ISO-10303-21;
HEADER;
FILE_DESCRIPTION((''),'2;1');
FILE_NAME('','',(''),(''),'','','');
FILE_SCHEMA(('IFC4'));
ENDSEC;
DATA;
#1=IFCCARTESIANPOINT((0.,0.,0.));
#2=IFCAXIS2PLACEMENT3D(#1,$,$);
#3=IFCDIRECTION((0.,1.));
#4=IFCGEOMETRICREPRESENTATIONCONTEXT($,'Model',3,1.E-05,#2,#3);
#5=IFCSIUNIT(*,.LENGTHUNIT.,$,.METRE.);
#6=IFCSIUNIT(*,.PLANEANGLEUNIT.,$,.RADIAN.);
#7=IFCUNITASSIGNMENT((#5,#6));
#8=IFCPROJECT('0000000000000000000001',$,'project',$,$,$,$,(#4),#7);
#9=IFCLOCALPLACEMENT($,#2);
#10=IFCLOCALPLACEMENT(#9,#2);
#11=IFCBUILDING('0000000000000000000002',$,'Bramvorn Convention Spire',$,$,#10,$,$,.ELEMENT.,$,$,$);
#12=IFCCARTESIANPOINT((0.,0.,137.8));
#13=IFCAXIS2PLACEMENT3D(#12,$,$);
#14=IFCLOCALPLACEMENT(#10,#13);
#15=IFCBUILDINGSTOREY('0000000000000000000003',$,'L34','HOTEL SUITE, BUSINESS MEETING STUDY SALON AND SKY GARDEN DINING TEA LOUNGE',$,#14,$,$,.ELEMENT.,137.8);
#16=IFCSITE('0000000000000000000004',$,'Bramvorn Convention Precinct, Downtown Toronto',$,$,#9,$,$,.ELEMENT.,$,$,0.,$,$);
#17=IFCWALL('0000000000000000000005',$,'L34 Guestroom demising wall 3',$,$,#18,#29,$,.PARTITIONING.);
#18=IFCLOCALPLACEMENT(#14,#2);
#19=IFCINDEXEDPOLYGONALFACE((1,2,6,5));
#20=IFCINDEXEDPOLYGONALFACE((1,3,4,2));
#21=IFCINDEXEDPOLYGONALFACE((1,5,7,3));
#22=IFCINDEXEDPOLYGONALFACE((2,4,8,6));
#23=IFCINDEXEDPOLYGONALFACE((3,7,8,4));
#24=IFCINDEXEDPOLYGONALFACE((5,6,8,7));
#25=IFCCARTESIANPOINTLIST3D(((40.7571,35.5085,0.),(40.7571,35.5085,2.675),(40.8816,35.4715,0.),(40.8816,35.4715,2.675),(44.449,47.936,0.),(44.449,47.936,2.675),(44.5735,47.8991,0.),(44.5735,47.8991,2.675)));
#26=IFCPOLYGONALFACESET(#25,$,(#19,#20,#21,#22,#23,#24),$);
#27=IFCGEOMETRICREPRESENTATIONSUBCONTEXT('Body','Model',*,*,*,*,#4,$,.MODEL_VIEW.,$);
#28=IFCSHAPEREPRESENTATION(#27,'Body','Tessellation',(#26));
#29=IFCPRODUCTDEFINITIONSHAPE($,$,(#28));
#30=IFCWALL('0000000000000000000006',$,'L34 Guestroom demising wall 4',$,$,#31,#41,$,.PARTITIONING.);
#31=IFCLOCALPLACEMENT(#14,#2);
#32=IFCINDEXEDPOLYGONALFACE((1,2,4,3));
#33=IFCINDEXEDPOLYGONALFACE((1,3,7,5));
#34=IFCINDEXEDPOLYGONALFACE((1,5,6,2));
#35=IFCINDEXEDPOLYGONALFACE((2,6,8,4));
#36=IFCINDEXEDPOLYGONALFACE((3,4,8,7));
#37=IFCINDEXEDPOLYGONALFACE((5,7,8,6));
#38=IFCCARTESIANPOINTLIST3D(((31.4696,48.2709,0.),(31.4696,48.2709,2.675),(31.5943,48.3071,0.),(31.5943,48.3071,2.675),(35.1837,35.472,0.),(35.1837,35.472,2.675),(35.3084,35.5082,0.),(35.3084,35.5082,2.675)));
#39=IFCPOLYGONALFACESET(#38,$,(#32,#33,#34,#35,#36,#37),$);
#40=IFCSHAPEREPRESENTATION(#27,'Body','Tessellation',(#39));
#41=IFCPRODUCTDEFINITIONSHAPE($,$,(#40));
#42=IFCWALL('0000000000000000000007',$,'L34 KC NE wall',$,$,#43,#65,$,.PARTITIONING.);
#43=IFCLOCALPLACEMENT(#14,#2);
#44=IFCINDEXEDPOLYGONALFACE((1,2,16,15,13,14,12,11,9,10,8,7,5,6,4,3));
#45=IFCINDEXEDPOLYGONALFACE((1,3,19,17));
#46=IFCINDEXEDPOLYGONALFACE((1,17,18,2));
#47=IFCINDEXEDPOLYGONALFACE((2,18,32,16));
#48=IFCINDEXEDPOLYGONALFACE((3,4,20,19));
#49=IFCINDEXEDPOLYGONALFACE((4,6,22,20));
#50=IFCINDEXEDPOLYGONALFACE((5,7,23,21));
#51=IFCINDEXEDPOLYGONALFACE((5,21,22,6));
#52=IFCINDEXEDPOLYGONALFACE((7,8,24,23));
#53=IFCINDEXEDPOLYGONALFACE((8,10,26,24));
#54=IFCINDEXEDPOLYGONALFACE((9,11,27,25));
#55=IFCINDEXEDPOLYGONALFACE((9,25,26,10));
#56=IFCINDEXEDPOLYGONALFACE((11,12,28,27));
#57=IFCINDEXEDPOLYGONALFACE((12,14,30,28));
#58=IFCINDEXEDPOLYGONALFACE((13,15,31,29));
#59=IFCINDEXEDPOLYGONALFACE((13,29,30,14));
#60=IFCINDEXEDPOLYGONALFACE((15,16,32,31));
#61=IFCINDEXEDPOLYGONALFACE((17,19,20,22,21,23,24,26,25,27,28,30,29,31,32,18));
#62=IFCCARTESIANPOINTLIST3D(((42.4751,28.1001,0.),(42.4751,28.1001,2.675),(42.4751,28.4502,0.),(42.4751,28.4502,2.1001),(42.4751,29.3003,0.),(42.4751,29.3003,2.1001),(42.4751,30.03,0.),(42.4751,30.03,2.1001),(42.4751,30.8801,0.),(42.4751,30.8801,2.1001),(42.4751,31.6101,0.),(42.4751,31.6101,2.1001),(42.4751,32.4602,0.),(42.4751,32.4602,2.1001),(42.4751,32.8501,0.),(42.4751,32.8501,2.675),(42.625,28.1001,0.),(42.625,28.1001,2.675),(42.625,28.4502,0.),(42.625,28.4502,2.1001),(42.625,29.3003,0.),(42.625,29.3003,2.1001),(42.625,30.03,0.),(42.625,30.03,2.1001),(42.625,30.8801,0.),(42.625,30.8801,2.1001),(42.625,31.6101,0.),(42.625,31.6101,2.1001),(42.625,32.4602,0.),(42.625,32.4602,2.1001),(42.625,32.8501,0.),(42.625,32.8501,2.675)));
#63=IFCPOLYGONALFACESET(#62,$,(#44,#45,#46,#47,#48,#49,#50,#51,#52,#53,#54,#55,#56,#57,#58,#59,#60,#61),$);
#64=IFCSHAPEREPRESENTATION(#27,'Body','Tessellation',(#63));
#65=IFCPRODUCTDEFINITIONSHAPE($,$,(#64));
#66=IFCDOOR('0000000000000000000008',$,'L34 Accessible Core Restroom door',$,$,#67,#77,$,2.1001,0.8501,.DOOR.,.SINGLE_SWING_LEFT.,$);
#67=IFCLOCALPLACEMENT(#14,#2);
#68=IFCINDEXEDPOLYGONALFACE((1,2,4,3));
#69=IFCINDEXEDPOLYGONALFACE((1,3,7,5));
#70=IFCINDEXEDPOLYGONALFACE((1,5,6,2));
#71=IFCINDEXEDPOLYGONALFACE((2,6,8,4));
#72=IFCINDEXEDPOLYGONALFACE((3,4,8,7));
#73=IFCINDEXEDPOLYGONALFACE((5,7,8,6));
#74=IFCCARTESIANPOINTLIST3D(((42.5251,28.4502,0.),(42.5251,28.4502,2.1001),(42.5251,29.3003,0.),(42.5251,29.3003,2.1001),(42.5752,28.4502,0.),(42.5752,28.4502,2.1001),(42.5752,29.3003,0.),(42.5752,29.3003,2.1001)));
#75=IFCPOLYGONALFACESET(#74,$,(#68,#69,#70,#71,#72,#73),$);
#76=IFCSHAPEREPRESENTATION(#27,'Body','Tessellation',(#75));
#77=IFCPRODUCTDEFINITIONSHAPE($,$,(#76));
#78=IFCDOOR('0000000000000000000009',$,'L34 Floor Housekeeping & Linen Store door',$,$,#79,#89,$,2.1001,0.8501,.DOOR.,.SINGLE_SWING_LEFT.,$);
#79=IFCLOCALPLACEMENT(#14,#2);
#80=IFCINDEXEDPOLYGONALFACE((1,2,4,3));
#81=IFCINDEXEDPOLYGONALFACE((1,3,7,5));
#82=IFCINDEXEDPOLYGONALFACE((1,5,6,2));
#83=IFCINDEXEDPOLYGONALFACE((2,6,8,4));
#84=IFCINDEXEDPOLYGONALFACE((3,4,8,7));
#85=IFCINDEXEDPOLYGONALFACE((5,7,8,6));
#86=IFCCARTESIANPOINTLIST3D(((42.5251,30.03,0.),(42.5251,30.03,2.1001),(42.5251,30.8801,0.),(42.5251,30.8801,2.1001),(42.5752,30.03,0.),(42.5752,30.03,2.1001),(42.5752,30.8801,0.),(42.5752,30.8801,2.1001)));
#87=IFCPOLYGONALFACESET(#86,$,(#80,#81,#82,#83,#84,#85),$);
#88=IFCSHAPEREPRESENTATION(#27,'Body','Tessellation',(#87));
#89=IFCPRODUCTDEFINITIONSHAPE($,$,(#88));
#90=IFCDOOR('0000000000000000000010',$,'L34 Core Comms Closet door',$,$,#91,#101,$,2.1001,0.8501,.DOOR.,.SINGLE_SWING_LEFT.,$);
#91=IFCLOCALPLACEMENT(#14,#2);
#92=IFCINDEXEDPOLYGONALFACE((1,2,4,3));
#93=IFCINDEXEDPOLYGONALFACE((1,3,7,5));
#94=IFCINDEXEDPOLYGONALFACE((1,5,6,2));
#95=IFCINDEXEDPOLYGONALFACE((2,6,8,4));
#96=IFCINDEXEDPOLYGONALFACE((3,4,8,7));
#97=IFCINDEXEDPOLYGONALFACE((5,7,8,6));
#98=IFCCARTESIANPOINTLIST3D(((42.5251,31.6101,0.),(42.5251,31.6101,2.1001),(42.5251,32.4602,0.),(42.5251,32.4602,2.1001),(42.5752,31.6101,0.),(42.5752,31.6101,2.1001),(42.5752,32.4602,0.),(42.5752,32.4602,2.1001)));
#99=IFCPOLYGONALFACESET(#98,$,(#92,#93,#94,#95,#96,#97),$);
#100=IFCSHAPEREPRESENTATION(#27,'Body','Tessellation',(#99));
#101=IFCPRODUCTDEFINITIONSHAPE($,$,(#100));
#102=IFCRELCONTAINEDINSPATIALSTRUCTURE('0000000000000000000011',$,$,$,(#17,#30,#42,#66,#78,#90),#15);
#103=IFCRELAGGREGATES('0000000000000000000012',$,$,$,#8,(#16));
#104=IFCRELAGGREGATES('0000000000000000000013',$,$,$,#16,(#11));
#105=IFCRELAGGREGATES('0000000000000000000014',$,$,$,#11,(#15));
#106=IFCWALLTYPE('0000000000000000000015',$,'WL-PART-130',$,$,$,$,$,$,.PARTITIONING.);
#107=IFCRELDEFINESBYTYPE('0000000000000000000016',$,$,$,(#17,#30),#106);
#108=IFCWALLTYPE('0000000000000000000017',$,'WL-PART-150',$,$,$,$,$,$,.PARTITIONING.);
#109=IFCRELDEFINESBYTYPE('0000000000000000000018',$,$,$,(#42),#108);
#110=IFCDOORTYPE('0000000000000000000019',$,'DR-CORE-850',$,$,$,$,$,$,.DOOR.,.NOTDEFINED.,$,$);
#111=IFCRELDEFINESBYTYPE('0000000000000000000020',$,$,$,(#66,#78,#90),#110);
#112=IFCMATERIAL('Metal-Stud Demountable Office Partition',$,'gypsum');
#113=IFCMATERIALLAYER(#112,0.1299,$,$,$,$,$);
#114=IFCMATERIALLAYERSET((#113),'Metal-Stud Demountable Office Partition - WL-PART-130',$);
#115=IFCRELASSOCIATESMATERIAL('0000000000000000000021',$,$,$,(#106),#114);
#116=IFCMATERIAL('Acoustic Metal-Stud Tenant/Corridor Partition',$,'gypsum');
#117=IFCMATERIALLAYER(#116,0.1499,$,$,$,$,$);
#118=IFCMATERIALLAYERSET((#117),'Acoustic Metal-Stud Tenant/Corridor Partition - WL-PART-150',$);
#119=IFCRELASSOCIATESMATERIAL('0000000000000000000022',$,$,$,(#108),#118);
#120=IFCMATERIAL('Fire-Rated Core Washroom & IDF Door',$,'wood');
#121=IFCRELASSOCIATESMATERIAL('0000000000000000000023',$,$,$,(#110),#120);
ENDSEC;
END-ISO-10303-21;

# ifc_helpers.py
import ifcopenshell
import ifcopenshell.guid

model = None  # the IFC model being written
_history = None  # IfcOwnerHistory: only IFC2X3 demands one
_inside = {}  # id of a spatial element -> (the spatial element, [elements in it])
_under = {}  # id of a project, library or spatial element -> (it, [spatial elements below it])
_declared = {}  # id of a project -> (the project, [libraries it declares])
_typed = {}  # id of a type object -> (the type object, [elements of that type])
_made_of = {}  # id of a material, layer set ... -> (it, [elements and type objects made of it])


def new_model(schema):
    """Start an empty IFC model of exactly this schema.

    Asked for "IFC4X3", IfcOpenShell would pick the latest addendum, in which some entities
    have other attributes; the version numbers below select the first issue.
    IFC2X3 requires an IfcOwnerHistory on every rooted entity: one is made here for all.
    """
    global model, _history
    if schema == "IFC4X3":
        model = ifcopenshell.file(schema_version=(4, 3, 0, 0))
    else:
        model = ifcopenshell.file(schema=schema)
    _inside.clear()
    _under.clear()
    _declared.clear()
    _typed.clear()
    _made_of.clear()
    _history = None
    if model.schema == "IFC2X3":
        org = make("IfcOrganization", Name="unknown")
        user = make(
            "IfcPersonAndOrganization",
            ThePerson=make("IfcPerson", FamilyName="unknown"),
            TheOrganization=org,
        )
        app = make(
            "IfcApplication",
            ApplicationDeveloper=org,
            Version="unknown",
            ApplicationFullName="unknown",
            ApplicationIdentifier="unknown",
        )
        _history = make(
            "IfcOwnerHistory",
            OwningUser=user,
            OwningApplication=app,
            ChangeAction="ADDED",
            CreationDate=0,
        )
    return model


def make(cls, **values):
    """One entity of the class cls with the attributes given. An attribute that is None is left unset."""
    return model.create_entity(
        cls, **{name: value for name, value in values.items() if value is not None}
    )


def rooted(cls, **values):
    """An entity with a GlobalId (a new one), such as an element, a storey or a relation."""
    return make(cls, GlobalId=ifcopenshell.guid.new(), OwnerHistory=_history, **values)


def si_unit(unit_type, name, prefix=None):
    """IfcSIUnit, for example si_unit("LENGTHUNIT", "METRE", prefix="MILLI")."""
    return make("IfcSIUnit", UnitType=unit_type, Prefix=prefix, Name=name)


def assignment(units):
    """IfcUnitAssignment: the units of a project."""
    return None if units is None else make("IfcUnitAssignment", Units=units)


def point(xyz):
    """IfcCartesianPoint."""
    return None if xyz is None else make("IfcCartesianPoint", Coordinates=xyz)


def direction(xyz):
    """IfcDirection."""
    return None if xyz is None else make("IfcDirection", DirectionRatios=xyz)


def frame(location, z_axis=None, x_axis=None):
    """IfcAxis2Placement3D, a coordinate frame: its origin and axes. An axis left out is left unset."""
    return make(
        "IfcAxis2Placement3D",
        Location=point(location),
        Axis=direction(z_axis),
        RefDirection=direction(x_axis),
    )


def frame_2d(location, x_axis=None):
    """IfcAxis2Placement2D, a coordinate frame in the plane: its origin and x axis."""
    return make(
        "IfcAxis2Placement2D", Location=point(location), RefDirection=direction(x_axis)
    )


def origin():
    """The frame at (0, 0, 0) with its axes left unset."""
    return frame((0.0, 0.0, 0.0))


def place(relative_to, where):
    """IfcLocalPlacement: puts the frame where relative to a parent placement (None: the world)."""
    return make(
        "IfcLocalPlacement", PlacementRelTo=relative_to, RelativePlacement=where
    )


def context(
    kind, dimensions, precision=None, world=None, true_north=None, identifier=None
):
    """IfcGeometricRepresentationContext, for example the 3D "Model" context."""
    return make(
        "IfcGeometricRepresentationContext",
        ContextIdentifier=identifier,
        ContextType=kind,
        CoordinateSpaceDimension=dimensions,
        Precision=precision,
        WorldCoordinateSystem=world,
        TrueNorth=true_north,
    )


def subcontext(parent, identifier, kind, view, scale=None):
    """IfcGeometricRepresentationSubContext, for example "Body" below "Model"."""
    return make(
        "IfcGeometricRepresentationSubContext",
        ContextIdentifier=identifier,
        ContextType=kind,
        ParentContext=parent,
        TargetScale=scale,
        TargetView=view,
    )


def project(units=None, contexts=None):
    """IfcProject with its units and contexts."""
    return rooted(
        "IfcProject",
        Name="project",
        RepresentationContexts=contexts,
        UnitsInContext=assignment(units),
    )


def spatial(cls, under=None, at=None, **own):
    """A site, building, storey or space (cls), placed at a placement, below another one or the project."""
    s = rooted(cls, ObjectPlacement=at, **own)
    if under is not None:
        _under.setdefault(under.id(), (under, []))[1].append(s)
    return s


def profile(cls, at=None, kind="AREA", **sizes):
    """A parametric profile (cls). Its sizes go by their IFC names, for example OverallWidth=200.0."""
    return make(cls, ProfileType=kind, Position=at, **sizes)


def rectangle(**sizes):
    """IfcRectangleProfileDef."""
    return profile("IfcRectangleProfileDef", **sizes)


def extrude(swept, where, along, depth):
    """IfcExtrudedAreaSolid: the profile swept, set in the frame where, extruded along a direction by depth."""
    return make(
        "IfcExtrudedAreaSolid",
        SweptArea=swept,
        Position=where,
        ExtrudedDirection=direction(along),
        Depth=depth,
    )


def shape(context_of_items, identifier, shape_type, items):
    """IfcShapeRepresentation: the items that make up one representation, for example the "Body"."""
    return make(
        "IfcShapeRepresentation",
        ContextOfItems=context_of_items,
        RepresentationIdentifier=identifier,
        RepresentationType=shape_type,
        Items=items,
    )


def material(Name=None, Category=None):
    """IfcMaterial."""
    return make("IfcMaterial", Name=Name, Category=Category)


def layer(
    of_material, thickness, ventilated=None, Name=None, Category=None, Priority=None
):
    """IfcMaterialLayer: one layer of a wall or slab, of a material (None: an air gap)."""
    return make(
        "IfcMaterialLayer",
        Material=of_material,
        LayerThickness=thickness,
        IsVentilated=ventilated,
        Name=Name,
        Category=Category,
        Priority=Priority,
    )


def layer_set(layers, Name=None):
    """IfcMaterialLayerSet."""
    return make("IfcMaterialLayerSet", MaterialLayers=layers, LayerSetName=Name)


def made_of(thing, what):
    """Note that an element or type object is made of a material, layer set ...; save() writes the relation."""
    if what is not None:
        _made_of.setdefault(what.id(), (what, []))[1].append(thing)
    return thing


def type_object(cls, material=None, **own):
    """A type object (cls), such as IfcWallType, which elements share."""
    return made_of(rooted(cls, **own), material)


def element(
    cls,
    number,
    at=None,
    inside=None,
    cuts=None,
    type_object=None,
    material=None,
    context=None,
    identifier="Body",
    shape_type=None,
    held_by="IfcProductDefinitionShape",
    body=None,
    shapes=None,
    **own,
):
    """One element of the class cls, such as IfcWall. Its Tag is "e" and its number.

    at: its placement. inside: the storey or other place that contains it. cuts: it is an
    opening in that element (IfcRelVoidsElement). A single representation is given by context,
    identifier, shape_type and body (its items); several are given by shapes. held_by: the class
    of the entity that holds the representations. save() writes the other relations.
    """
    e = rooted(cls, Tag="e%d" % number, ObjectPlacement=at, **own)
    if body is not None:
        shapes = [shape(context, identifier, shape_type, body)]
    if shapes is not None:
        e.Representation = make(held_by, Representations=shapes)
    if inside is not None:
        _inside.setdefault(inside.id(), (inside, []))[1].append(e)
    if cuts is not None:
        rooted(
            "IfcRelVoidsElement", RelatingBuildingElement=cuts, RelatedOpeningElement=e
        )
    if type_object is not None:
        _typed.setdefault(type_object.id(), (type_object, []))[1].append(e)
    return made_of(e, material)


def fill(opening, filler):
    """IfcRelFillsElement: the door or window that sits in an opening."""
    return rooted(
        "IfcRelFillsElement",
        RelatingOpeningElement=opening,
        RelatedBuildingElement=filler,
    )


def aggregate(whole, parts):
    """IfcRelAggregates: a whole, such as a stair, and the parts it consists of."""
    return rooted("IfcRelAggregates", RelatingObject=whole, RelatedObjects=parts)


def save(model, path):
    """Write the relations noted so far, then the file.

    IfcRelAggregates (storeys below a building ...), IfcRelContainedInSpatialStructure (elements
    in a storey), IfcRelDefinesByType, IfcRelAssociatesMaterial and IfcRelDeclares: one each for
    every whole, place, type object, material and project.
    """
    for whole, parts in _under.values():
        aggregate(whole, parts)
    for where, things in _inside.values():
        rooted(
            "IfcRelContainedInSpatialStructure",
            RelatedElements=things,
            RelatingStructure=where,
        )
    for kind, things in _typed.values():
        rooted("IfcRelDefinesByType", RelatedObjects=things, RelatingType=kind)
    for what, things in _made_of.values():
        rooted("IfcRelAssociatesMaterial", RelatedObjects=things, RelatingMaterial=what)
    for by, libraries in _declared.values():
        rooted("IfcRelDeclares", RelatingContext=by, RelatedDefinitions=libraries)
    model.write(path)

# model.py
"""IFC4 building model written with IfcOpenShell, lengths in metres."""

from ifc_helpers import new_model, si_unit, direction, frame, frame_2d, origin, place, context, subcontext, project, spatial, rectangle, extrude, material, layer, layer_set, type_object, element, fill, save


model = new_model("IFC4")

# Units and contexts
model_context = context("Model", 3, precision=1e-05, world=origin(), true_north=direction((0.0, 1.0)))
body_context = subcontext(model_context, "Body", "Model", "MODEL_VIEW")
ifc_project = project(units=[si_unit("LENGTHUNIT", "METRE"), si_unit("PLANEANGLEUNIT", "RADIAN")], contexts=[model_context])

# Site, building, storey
site_placement = place(None, origin())
site = spatial("IfcSite", under=ifc_project, at=site_placement, Name="Bramvorn Convention Precinct, Downtown Toronto", CompositionType="ELEMENT", RefElevation=0.0)
building_placement = place(site_placement, origin())
building = spatial("IfcBuilding", under=site, at=building_placement, Name="Bramvorn Convention Spire", CompositionType="ELEMENT")
storey_placement = place(building_placement, frame((0.0, 0.0, 137.8)))
storey = spatial("IfcBuildingStorey", under=building, at=storey_placement, Name="L34", Description="HOTEL SUITE, BUSINESS MEETING STUDY SALON AND SKY GARDEN DINING TEA LOUNGE", CompositionType="ELEMENT", Elevation=137.8)

# Walls
ifc_material_1 = material(Name="Metal-Stud Demountable Office Partition", Category="gypsum")
ifc_layer_1 = layer(ifc_material_1, 0.1299)
ifc_layer_set_1 = layer_set([ifc_layer_1], Name="Metal-Stud Demountable Office Partition - WL-PART-130")
wall_type_1 = type_object("IfcWallType", Name="WL-PART-130", PredefinedType="PARTITIONING", material=ifc_layer_set_1)
wall_1_placement = place(storey_placement, frame((40.8193, 35.49, 0.0), z_axis=(0.0, 0.0, 1.0), x_axis=(0.284774, 0.958595, 0.0)))
element("IfcWall", 1, at=wall_1_placement, inside=storey, type_object=wall_type_1, Name="L34 Guestroom demising wall 3", PredefinedType="PARTITIONING", context=body_context, shape_type="SweptSolid", body=[
    extrude(rectangle(XDim=12.9644, YDim=0.1299, at=frame_2d((6.4822, 0.0))), origin(), (0.0, 0.0, 1.0), 2.675),
])
wall_2_placement = place(storey_placement, frame((35.2461, 35.49, 0.0), z_axis=(0.0, 0.0, 1.0), x_axis=(-0.278694, 0.96038, 0.0)))
element("IfcWall", 2, at=wall_2_placement, inside=storey, type_object=wall_type_1, Name="L34 Guestroom demising wall 4", PredefinedType="PARTITIONING", context=body_context, shape_type="SweptSolid", body=[
    extrude(rectangle(XDim=13.3269, YDim=0.1299, at=frame_2d((6.6636, 0.0))), origin(), (0.0, 0.0, 1.0), 2.675),
])

# Wall, openings, doors
ifc_material_2 = material(Name="Acoustic Metal-Stud Tenant/Corridor Partition", Category="gypsum")
ifc_layer_2 = layer(ifc_material_2, 0.1499)
ifc_layer_set_2 = layer_set([ifc_layer_2], Name="Acoustic Metal-Stud Tenant/Corridor Partition - WL-PART-150")
wall_type_2 = type_object("IfcWallType", Name="WL-PART-150", PredefinedType="PARTITIONING", material=ifc_layer_set_2)
wall_3_placement = place(storey_placement, frame((42.55, 28.1001, 0.0), z_axis=(0.0, 0.0, 1.0), x_axis=(0.0, 1.0, 0.0)))
wall_3 = element("IfcWall", 3, at=wall_3_placement, inside=storey, type_object=wall_type_2, Name="L34 KC NE wall", PredefinedType="PARTITIONING", context=body_context, shape_type="SweptSolid", body=[
    extrude(rectangle(XDim=4.75, YDim=0.1499, at=frame_2d((2.375, 0.0))), origin(), (0.0, 0.0, 1.0), 2.675),
])
opening_1_placement = place(wall_3_placement, frame((0.3501, 0.0, 0.0)))
opening_1 = element("IfcOpeningElement", 4, at=opening_1_placement, cuts=wall_3, PredefinedType="OPENING", context=body_context, shape_type="SweptSolid", body=[
    extrude(rectangle(XDim=0.8501, YDim=2.1001, at=frame_2d((0.425, 1.05))), frame((0.0, 0.085, 0.0), z_axis=(0.0, -1.0, 0.0), x_axis=(1.0, 0.0, 0.0)), (0.0, 0.0, 1.0), 0.1699),
])
opening_2_placement = place(wall_3_placement, frame((1.9299, 0.0, 0.0)))
opening_2 = element("IfcOpeningElement", 5, at=opening_2_placement, cuts=wall_3, PredefinedType="OPENING", context=body_context, shape_type="SweptSolid", body=[
    extrude(rectangle(XDim=0.8501, YDim=2.1001, at=frame_2d((0.425, 1.05))), frame((0.0, 0.085, 0.0), z_axis=(0.0, -1.0, 0.0), x_axis=(1.0, 0.0, 0.0)), (0.0, 0.0, 1.0), 0.1699),
])
opening_3_placement = place(wall_3_placement, frame((3.51, 0.0, 0.0)))
opening_3 = element("IfcOpeningElement", 6, at=opening_3_placement, cuts=wall_3, PredefinedType="OPENING", context=body_context, shape_type="SweptSolid", body=[
    extrude(rectangle(XDim=0.8501, YDim=2.1001, at=frame_2d((0.425, 1.05))), frame((0.0, 0.085, 0.0), z_axis=(0.0, -1.0, 0.0), x_axis=(1.0, 0.0, 0.0)), (0.0, 0.0, 1.0), 0.1699),
])
ifc_material_3 = material(Name="Fire-Rated Core Washroom & IDF Door", Category="wood")
door_type_1 = type_object("IfcDoorType", Name="DR-CORE-850", OperationType="NOTDEFINED", PredefinedType="DOOR", material=ifc_material_3)
door_1_placement = place(opening_1_placement, origin())
door_1 = element("IfcDoor", 7, at=door_1_placement, inside=storey, type_object=door_type_1, Name="L34 Accessible Core Restroom door", OperationType="SINGLE_SWING_LEFT", OverallHeight=2.1001, OverallWidth=0.8501, PredefinedType="DOOR", context=body_context, shape_type="SweptSolid", body=[
    extrude(rectangle(XDim=0.8501, YDim=2.1001, at=frame_2d((0.425, 1.05))), frame((0.0, 0.0249, 0.0), z_axis=(0.0, -1.0, 0.0), x_axis=(1.0, 0.0, 0.0)), (0.0, 0.0, 1.0), 0.05),
])
fill(opening_1, door_1)
door_2_placement = place(opening_2_placement, origin())
door_2 = element("IfcDoor", 8, at=door_2_placement, inside=storey, type_object=door_type_1, Name="L34 Floor Housekeeping & Linen Store door", OperationType="SINGLE_SWING_LEFT", OverallHeight=2.1001, OverallWidth=0.8501, PredefinedType="DOOR", context=body_context, shape_type="SweptSolid", body=[
    extrude(rectangle(XDim=0.8501, YDim=2.1001, at=frame_2d((0.425, 1.05))), frame((0.0, 0.0249, 0.0), z_axis=(0.0, -1.0, 0.0), x_axis=(1.0, 0.0, 0.0)), (0.0, 0.0, 1.0), 0.05),
])
fill(opening_2, door_2)
door_3_placement = place(opening_3_placement, origin())
door_3 = element("IfcDoor", 9, at=door_3_placement, inside=storey, type_object=door_type_1, Name="L34 Core Comms Closet door", OperationType="SINGLE_SWING_LEFT", OverallHeight=2.1001, OverallWidth=0.8501, PredefinedType="DOOR", context=body_context, shape_type="SweptSolid", body=[
    extrude(rectangle(XDim=0.8501, YDim=2.1001, at=frame_2d((0.425, 1.05))), frame((0.0, 0.0249, 0.0), z_axis=(0.0, -1.0, 0.0), x_axis=(1.0, 0.0, 0.0)), (0.0, 0.0, 1.0), 0.05),
])
fill(opening_3, door_3)

save(model, "model.ifc")
